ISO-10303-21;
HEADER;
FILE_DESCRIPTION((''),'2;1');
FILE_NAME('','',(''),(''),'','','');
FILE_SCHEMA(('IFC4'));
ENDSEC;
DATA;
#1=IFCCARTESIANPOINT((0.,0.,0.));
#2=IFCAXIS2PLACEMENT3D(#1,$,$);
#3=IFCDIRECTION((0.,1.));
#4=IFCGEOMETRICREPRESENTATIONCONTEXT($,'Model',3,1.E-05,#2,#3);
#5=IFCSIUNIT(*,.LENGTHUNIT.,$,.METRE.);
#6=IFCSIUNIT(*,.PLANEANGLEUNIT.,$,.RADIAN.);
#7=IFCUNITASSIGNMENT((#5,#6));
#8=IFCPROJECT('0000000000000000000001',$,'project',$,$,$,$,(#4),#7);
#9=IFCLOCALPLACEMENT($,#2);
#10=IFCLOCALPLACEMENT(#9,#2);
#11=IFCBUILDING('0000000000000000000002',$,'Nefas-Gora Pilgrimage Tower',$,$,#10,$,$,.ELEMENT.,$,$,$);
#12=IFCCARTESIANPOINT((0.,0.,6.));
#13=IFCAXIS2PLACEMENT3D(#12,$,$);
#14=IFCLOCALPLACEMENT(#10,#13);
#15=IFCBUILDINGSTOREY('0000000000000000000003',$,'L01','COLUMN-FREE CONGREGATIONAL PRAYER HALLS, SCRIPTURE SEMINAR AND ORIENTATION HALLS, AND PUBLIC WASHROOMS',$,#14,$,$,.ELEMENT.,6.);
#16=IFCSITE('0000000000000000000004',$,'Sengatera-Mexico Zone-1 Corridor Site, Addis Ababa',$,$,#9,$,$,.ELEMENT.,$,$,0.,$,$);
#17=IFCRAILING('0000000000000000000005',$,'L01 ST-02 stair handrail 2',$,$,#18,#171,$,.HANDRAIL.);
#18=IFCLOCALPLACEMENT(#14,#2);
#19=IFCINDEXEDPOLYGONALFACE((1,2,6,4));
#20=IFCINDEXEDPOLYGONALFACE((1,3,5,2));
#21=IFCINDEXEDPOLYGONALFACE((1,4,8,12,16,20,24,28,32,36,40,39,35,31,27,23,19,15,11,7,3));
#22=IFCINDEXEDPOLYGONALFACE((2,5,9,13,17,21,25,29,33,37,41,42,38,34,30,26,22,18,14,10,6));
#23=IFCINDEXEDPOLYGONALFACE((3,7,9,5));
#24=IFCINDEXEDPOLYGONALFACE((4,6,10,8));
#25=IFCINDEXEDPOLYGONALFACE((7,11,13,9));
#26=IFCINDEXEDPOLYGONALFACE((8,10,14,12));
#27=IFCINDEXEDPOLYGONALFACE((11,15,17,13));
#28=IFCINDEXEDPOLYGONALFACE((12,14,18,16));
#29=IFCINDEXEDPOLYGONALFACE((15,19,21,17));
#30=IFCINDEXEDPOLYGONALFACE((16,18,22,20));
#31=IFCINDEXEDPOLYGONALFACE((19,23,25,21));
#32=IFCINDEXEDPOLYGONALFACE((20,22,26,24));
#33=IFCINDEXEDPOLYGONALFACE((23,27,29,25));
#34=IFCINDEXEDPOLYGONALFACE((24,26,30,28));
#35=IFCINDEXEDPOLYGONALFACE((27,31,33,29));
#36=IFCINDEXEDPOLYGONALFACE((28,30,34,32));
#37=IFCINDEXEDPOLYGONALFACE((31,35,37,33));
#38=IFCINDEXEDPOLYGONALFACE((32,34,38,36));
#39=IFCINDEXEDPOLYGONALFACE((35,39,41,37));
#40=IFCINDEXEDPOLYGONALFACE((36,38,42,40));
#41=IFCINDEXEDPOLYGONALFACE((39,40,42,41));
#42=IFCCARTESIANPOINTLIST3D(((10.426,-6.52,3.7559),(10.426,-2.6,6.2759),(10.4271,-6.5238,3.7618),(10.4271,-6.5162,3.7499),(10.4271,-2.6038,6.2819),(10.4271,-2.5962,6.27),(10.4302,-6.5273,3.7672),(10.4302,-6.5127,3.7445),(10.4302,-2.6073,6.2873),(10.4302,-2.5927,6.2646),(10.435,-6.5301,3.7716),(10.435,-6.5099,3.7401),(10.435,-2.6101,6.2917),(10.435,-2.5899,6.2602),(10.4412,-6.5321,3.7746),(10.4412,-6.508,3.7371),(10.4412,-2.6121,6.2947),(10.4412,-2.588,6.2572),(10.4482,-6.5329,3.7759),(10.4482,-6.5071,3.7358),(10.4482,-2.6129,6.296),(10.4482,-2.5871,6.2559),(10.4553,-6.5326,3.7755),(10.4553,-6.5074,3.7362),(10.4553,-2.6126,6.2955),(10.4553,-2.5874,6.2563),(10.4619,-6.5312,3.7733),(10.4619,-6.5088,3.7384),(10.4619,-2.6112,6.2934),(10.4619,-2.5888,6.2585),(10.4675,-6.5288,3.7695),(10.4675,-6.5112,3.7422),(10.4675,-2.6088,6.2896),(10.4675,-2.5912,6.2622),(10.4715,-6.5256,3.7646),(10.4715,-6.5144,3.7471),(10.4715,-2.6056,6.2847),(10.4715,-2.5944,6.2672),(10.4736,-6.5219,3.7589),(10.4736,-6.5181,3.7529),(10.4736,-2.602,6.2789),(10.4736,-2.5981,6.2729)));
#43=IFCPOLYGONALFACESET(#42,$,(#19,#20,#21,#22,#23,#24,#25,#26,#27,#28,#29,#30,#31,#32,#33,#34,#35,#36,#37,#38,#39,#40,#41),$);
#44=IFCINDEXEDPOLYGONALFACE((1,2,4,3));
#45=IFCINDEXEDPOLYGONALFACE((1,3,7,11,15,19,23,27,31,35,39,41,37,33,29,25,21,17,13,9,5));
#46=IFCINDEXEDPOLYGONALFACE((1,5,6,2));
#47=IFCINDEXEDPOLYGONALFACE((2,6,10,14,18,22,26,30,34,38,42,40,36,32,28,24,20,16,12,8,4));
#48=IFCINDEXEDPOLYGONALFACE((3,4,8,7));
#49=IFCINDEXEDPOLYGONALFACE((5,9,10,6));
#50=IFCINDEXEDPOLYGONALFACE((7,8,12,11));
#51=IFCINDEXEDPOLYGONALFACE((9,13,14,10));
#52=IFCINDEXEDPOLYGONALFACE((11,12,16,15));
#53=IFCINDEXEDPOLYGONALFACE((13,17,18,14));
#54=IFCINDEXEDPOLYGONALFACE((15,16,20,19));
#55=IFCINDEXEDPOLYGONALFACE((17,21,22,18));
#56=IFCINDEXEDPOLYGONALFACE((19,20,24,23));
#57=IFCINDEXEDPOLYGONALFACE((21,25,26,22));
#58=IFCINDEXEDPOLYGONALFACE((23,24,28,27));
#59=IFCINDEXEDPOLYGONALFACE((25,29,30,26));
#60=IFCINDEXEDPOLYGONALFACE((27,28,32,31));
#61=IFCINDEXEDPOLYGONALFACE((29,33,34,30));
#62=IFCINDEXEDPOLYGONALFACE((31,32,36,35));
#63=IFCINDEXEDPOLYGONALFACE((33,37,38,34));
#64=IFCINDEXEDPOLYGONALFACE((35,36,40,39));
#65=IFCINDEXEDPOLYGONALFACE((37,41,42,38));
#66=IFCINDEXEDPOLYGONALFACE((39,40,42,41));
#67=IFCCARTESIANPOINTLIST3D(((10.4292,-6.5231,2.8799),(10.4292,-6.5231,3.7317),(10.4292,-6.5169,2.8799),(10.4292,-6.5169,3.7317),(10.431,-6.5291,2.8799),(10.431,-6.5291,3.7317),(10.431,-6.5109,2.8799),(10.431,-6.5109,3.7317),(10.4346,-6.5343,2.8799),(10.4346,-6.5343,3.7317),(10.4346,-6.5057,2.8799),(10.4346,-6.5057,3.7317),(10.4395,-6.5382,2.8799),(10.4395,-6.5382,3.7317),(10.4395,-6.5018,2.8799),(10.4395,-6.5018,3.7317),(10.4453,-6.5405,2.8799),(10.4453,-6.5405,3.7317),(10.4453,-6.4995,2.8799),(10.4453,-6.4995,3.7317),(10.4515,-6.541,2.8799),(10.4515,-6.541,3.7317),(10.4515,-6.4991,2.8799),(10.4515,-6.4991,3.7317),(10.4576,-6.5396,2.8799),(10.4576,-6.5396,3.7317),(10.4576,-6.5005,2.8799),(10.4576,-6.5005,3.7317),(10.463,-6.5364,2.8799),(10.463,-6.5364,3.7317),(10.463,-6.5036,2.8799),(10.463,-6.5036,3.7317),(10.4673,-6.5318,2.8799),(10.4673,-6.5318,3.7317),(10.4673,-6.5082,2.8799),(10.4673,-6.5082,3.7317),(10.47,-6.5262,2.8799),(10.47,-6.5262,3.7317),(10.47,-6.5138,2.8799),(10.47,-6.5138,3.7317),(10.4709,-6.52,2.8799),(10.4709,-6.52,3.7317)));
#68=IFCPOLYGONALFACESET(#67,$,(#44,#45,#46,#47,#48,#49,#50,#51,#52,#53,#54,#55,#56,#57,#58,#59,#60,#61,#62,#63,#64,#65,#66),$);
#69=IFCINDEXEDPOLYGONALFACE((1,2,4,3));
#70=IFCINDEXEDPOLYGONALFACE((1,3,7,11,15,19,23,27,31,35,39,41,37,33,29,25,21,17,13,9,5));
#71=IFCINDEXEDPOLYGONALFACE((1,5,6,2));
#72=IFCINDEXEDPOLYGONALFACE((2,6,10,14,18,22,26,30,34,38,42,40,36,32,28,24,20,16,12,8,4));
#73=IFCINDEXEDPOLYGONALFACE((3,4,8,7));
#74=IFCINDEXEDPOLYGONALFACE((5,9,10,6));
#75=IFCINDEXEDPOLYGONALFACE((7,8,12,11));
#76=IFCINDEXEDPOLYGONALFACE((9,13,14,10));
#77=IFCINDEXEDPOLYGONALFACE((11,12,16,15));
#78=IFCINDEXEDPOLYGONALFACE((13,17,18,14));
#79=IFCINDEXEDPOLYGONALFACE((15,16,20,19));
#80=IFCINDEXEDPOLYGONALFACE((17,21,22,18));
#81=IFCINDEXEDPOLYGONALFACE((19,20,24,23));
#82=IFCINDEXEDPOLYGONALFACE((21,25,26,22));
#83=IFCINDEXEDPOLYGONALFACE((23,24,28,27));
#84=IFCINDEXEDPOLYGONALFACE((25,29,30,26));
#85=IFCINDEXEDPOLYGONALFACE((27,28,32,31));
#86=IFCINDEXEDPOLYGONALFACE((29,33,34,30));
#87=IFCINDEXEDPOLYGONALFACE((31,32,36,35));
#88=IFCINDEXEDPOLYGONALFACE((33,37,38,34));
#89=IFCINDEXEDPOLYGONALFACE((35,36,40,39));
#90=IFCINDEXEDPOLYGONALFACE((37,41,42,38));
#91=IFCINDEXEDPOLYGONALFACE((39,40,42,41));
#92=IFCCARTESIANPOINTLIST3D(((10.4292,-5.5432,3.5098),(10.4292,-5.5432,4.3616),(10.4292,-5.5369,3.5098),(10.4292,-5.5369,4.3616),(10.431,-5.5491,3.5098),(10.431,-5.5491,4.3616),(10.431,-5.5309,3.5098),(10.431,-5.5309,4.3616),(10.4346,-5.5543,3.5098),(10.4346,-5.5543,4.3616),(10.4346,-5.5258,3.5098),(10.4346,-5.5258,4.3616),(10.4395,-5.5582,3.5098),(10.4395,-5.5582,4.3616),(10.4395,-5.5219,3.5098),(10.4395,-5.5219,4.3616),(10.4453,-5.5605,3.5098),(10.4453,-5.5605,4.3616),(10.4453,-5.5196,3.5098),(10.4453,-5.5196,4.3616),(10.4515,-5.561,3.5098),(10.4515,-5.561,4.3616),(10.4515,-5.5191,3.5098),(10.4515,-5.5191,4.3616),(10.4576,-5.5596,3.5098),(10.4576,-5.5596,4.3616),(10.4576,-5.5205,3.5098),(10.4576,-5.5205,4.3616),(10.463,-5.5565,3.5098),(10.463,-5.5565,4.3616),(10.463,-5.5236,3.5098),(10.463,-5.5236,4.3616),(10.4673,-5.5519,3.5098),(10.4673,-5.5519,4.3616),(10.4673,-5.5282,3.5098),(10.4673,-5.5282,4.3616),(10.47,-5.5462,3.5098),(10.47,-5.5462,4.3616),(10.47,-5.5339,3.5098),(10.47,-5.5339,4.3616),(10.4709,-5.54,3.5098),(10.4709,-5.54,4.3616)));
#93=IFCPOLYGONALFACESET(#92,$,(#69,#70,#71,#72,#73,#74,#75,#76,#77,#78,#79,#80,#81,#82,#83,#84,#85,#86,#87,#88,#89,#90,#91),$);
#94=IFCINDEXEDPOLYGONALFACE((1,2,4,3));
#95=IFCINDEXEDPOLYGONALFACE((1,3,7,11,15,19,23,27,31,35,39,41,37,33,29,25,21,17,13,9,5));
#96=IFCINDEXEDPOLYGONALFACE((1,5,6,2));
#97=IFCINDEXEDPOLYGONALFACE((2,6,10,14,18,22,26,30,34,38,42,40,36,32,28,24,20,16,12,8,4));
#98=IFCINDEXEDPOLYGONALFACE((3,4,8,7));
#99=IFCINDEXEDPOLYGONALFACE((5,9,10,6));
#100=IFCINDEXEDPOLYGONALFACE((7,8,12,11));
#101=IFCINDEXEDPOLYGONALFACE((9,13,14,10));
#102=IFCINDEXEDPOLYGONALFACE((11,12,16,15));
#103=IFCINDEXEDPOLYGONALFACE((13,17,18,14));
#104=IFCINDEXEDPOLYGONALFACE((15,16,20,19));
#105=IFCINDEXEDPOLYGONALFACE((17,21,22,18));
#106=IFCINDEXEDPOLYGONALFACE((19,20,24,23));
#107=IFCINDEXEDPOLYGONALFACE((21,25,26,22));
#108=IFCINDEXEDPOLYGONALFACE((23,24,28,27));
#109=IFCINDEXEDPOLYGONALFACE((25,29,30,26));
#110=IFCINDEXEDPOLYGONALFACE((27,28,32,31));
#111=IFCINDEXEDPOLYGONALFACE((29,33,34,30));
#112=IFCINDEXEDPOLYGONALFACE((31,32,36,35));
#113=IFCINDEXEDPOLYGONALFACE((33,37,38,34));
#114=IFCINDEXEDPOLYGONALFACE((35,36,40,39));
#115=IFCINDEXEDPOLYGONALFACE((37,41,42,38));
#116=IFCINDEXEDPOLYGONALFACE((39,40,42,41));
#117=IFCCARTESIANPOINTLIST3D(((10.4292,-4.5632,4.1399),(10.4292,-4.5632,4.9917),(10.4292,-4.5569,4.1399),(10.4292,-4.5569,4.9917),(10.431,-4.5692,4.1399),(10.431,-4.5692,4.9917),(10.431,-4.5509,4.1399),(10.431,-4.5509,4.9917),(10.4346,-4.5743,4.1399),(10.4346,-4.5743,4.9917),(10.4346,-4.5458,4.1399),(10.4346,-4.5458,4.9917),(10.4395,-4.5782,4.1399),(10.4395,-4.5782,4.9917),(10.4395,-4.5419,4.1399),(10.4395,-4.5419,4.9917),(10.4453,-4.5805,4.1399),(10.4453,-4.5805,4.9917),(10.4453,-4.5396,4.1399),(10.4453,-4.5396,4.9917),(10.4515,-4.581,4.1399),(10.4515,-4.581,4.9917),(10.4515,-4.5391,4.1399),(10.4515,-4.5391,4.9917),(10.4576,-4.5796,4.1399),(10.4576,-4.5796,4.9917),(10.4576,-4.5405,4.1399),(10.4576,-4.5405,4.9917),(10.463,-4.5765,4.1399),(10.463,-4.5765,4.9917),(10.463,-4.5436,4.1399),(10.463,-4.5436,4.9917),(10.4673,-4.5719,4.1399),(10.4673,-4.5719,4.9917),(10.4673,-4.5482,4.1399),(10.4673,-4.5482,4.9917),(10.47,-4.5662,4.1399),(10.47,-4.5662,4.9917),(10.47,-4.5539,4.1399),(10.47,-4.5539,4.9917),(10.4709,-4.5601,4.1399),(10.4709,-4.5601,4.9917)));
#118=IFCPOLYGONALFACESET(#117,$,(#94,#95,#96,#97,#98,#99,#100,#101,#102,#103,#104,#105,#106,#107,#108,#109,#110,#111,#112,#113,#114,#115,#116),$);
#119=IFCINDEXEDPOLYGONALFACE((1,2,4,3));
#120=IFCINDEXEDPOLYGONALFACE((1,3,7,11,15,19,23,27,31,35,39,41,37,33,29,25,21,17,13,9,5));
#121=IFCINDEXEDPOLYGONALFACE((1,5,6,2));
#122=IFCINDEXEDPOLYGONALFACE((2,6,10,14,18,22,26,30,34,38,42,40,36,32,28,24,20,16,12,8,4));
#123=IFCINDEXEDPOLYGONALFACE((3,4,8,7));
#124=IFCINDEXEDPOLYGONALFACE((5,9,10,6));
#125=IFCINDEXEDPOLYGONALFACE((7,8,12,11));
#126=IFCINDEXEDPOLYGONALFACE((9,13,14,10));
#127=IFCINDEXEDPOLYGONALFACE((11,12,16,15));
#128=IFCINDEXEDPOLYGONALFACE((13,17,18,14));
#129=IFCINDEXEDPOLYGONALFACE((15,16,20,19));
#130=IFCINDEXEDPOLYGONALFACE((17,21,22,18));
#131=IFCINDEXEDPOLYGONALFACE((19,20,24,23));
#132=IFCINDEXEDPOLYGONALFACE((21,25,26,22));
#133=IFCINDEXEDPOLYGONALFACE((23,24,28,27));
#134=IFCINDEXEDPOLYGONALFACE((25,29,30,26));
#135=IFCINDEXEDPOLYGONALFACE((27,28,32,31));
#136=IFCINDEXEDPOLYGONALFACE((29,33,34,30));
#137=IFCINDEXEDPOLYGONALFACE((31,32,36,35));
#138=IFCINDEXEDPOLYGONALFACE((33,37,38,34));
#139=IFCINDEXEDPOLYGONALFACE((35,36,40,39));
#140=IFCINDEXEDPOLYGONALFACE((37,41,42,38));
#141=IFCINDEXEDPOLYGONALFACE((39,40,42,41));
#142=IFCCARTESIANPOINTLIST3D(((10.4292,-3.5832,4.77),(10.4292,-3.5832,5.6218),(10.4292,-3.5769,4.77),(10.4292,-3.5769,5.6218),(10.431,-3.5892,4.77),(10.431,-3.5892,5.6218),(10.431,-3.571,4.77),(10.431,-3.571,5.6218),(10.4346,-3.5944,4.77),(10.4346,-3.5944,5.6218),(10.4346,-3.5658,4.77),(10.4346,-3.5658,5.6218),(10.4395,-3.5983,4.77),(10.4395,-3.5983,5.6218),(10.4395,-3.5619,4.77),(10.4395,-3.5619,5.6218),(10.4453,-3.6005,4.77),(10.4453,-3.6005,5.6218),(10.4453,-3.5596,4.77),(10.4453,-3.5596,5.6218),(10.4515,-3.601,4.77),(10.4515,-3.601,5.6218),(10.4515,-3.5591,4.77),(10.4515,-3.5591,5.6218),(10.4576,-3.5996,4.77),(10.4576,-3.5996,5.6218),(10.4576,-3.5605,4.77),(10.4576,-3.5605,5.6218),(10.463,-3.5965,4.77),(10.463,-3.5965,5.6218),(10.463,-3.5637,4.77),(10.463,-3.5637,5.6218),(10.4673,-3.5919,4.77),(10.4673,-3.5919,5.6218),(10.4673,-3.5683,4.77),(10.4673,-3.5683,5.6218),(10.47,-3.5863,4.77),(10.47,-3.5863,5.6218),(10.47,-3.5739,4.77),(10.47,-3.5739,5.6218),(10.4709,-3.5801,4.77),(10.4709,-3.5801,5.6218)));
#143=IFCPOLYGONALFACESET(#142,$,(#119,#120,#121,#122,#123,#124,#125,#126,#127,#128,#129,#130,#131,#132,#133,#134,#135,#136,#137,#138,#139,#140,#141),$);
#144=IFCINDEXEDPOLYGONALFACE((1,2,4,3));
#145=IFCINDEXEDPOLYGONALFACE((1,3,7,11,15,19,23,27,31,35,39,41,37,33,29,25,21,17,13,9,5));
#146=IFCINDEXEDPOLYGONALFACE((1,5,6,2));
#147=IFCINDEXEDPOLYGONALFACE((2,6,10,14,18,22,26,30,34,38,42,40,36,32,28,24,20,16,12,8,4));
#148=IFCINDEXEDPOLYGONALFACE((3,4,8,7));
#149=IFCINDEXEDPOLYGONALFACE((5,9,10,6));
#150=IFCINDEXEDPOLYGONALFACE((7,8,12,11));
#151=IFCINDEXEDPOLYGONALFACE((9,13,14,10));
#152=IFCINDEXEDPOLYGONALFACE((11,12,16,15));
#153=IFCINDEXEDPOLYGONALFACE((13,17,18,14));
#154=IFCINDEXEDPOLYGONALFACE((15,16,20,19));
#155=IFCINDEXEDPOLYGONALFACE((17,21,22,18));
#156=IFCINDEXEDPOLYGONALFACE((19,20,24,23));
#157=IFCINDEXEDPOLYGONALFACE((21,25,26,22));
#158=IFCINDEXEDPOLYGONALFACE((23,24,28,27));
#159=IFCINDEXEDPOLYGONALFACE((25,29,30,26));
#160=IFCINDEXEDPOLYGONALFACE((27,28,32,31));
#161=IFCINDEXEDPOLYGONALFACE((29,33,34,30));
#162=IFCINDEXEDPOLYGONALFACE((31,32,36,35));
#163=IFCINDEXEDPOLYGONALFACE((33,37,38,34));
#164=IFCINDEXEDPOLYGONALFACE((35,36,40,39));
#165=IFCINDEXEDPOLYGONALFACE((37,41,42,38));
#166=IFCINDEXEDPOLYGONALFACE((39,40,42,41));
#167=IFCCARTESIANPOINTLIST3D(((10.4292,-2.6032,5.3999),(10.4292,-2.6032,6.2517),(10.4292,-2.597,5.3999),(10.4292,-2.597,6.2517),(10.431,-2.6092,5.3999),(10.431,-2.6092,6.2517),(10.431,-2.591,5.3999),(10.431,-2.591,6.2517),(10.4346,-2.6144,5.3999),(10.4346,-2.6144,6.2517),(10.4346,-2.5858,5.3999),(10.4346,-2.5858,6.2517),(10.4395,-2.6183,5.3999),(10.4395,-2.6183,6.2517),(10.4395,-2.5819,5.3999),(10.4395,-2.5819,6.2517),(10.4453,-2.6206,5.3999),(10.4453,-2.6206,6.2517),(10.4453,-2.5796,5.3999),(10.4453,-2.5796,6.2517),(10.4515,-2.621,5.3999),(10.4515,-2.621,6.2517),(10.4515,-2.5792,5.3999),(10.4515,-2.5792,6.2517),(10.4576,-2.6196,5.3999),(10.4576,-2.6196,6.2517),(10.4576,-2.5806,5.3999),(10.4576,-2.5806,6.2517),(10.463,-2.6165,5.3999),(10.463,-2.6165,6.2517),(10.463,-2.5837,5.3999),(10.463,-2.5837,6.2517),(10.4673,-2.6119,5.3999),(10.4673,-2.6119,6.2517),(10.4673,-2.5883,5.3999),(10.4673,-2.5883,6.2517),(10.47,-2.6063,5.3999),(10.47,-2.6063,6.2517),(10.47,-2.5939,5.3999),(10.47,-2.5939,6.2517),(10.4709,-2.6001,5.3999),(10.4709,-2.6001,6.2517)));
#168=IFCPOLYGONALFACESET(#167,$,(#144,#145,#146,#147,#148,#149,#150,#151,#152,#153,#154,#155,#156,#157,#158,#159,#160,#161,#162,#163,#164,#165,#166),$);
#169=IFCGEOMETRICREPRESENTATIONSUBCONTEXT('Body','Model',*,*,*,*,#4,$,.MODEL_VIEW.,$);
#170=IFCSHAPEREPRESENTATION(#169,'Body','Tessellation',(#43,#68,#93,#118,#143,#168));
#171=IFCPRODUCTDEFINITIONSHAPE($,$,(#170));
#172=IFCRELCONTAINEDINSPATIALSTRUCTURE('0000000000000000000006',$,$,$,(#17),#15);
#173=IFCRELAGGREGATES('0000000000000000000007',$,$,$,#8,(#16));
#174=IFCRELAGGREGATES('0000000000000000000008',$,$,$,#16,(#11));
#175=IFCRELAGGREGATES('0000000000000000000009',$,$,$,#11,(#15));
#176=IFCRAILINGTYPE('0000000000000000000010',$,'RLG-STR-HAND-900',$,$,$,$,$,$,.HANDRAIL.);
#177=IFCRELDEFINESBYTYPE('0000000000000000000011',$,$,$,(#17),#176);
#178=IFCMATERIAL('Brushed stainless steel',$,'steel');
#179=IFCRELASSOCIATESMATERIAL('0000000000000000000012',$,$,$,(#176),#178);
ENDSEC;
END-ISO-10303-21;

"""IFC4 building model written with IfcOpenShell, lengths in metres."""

from ifc_helpers import new_model, si_unit, direction, frame, origin, origin_2d, place, context, subcontext, project, spatial, circle, extrude, material, type_object, element, save


model = new_model("IFC4")

# Units and contexts
model_context = context("Model", 3, precision=1e-05, world=origin(), true_north=direction((0.0, 1.0)))
body_context = subcontext(model_context, "Body", "Model", "MODEL_VIEW")
ifc_project = project(units=[si_unit("LENGTHUNIT", "METRE"), si_unit("PLANEANGLEUNIT", "RADIAN")], contexts=[model_context])

# Site, building, storey
site_placement = place(None, origin())
site = spatial("IfcSite", under=ifc_project, at=site_placement, Name="Sengatera-Mexico Zone-1 Corridor Site, Addis Ababa", CompositionType="ELEMENT", RefElevation=0.0)
building_placement = place(site_placement, origin())
building = spatial("IfcBuilding", under=site, at=building_placement, Name="Nefas-Gora Pilgrimage Tower", CompositionType="ELEMENT")
storey_placement = place(building_placement, frame((0.0, 0.0, 6.0)))
storey = spatial("IfcBuildingStorey", under=building, at=storey_placement, Name="L01", Description="COLUMN-FREE CONGREGATIONAL PRAYER HALLS, SCRIPTURE SEMINAR AND ORIENTATION HALLS, AND PUBLIC WASHROOMS", CompositionType="ELEMENT", Elevation=6.0)

# Railing
ifc_material_1 = material(Name="Brushed stainless steel", Category="steel")
railing_type_1 = type_object("IfcRailingType", Name="RLG-STR-HAND-900", PredefinedType="HANDRAIL", material=ifc_material_1)
railing_1_placement = place(storey_placement, frame((10.45, -6.52, 2.8799)))
element("IfcRailing", 1, at=railing_1_placement, inside=storey, type_object=railing_type_1, Name="L01 ST-02 stair handrail 2", PredefinedType="HANDRAIL", context=body_context, shape_type="SweptSolid", body=[
    extrude(circle(Radius=0.0239, at=origin_2d()), frame((0.0, 0.0, 0.876), z_axis=(0.0, 0.841172, 0.540768), x_axis=(-1.0, 0.0, 0.0)), (0.0, 0.0, 1.0), 4.6602),
    extrude(circle(Radius=0.021, at=origin_2d()), origin(), (0.0, 0.0, 1.0), 0.8518),
    extrude(circle(Radius=0.021, at=origin_2d()), frame((0.0, 0.98, 0.6299)), (0.0, 0.0, 1.0), 0.8518),
    extrude(circle(Radius=0.021, at=origin_2d()), frame((0.0, 1.96, 1.26)), (0.0, 0.0, 1.0), 0.8518),
    extrude(circle(Radius=0.021, at=origin_2d()), frame((0.0, 2.9399, 1.8901)), (0.0, 0.0, 1.0), 0.8518),
    extrude(circle(Radius=0.021, at=origin_2d()), frame((0.0, 3.9199, 2.52)), (0.0, 0.0, 1.0), 0.8518),
])

save(model, "model.ifc")
